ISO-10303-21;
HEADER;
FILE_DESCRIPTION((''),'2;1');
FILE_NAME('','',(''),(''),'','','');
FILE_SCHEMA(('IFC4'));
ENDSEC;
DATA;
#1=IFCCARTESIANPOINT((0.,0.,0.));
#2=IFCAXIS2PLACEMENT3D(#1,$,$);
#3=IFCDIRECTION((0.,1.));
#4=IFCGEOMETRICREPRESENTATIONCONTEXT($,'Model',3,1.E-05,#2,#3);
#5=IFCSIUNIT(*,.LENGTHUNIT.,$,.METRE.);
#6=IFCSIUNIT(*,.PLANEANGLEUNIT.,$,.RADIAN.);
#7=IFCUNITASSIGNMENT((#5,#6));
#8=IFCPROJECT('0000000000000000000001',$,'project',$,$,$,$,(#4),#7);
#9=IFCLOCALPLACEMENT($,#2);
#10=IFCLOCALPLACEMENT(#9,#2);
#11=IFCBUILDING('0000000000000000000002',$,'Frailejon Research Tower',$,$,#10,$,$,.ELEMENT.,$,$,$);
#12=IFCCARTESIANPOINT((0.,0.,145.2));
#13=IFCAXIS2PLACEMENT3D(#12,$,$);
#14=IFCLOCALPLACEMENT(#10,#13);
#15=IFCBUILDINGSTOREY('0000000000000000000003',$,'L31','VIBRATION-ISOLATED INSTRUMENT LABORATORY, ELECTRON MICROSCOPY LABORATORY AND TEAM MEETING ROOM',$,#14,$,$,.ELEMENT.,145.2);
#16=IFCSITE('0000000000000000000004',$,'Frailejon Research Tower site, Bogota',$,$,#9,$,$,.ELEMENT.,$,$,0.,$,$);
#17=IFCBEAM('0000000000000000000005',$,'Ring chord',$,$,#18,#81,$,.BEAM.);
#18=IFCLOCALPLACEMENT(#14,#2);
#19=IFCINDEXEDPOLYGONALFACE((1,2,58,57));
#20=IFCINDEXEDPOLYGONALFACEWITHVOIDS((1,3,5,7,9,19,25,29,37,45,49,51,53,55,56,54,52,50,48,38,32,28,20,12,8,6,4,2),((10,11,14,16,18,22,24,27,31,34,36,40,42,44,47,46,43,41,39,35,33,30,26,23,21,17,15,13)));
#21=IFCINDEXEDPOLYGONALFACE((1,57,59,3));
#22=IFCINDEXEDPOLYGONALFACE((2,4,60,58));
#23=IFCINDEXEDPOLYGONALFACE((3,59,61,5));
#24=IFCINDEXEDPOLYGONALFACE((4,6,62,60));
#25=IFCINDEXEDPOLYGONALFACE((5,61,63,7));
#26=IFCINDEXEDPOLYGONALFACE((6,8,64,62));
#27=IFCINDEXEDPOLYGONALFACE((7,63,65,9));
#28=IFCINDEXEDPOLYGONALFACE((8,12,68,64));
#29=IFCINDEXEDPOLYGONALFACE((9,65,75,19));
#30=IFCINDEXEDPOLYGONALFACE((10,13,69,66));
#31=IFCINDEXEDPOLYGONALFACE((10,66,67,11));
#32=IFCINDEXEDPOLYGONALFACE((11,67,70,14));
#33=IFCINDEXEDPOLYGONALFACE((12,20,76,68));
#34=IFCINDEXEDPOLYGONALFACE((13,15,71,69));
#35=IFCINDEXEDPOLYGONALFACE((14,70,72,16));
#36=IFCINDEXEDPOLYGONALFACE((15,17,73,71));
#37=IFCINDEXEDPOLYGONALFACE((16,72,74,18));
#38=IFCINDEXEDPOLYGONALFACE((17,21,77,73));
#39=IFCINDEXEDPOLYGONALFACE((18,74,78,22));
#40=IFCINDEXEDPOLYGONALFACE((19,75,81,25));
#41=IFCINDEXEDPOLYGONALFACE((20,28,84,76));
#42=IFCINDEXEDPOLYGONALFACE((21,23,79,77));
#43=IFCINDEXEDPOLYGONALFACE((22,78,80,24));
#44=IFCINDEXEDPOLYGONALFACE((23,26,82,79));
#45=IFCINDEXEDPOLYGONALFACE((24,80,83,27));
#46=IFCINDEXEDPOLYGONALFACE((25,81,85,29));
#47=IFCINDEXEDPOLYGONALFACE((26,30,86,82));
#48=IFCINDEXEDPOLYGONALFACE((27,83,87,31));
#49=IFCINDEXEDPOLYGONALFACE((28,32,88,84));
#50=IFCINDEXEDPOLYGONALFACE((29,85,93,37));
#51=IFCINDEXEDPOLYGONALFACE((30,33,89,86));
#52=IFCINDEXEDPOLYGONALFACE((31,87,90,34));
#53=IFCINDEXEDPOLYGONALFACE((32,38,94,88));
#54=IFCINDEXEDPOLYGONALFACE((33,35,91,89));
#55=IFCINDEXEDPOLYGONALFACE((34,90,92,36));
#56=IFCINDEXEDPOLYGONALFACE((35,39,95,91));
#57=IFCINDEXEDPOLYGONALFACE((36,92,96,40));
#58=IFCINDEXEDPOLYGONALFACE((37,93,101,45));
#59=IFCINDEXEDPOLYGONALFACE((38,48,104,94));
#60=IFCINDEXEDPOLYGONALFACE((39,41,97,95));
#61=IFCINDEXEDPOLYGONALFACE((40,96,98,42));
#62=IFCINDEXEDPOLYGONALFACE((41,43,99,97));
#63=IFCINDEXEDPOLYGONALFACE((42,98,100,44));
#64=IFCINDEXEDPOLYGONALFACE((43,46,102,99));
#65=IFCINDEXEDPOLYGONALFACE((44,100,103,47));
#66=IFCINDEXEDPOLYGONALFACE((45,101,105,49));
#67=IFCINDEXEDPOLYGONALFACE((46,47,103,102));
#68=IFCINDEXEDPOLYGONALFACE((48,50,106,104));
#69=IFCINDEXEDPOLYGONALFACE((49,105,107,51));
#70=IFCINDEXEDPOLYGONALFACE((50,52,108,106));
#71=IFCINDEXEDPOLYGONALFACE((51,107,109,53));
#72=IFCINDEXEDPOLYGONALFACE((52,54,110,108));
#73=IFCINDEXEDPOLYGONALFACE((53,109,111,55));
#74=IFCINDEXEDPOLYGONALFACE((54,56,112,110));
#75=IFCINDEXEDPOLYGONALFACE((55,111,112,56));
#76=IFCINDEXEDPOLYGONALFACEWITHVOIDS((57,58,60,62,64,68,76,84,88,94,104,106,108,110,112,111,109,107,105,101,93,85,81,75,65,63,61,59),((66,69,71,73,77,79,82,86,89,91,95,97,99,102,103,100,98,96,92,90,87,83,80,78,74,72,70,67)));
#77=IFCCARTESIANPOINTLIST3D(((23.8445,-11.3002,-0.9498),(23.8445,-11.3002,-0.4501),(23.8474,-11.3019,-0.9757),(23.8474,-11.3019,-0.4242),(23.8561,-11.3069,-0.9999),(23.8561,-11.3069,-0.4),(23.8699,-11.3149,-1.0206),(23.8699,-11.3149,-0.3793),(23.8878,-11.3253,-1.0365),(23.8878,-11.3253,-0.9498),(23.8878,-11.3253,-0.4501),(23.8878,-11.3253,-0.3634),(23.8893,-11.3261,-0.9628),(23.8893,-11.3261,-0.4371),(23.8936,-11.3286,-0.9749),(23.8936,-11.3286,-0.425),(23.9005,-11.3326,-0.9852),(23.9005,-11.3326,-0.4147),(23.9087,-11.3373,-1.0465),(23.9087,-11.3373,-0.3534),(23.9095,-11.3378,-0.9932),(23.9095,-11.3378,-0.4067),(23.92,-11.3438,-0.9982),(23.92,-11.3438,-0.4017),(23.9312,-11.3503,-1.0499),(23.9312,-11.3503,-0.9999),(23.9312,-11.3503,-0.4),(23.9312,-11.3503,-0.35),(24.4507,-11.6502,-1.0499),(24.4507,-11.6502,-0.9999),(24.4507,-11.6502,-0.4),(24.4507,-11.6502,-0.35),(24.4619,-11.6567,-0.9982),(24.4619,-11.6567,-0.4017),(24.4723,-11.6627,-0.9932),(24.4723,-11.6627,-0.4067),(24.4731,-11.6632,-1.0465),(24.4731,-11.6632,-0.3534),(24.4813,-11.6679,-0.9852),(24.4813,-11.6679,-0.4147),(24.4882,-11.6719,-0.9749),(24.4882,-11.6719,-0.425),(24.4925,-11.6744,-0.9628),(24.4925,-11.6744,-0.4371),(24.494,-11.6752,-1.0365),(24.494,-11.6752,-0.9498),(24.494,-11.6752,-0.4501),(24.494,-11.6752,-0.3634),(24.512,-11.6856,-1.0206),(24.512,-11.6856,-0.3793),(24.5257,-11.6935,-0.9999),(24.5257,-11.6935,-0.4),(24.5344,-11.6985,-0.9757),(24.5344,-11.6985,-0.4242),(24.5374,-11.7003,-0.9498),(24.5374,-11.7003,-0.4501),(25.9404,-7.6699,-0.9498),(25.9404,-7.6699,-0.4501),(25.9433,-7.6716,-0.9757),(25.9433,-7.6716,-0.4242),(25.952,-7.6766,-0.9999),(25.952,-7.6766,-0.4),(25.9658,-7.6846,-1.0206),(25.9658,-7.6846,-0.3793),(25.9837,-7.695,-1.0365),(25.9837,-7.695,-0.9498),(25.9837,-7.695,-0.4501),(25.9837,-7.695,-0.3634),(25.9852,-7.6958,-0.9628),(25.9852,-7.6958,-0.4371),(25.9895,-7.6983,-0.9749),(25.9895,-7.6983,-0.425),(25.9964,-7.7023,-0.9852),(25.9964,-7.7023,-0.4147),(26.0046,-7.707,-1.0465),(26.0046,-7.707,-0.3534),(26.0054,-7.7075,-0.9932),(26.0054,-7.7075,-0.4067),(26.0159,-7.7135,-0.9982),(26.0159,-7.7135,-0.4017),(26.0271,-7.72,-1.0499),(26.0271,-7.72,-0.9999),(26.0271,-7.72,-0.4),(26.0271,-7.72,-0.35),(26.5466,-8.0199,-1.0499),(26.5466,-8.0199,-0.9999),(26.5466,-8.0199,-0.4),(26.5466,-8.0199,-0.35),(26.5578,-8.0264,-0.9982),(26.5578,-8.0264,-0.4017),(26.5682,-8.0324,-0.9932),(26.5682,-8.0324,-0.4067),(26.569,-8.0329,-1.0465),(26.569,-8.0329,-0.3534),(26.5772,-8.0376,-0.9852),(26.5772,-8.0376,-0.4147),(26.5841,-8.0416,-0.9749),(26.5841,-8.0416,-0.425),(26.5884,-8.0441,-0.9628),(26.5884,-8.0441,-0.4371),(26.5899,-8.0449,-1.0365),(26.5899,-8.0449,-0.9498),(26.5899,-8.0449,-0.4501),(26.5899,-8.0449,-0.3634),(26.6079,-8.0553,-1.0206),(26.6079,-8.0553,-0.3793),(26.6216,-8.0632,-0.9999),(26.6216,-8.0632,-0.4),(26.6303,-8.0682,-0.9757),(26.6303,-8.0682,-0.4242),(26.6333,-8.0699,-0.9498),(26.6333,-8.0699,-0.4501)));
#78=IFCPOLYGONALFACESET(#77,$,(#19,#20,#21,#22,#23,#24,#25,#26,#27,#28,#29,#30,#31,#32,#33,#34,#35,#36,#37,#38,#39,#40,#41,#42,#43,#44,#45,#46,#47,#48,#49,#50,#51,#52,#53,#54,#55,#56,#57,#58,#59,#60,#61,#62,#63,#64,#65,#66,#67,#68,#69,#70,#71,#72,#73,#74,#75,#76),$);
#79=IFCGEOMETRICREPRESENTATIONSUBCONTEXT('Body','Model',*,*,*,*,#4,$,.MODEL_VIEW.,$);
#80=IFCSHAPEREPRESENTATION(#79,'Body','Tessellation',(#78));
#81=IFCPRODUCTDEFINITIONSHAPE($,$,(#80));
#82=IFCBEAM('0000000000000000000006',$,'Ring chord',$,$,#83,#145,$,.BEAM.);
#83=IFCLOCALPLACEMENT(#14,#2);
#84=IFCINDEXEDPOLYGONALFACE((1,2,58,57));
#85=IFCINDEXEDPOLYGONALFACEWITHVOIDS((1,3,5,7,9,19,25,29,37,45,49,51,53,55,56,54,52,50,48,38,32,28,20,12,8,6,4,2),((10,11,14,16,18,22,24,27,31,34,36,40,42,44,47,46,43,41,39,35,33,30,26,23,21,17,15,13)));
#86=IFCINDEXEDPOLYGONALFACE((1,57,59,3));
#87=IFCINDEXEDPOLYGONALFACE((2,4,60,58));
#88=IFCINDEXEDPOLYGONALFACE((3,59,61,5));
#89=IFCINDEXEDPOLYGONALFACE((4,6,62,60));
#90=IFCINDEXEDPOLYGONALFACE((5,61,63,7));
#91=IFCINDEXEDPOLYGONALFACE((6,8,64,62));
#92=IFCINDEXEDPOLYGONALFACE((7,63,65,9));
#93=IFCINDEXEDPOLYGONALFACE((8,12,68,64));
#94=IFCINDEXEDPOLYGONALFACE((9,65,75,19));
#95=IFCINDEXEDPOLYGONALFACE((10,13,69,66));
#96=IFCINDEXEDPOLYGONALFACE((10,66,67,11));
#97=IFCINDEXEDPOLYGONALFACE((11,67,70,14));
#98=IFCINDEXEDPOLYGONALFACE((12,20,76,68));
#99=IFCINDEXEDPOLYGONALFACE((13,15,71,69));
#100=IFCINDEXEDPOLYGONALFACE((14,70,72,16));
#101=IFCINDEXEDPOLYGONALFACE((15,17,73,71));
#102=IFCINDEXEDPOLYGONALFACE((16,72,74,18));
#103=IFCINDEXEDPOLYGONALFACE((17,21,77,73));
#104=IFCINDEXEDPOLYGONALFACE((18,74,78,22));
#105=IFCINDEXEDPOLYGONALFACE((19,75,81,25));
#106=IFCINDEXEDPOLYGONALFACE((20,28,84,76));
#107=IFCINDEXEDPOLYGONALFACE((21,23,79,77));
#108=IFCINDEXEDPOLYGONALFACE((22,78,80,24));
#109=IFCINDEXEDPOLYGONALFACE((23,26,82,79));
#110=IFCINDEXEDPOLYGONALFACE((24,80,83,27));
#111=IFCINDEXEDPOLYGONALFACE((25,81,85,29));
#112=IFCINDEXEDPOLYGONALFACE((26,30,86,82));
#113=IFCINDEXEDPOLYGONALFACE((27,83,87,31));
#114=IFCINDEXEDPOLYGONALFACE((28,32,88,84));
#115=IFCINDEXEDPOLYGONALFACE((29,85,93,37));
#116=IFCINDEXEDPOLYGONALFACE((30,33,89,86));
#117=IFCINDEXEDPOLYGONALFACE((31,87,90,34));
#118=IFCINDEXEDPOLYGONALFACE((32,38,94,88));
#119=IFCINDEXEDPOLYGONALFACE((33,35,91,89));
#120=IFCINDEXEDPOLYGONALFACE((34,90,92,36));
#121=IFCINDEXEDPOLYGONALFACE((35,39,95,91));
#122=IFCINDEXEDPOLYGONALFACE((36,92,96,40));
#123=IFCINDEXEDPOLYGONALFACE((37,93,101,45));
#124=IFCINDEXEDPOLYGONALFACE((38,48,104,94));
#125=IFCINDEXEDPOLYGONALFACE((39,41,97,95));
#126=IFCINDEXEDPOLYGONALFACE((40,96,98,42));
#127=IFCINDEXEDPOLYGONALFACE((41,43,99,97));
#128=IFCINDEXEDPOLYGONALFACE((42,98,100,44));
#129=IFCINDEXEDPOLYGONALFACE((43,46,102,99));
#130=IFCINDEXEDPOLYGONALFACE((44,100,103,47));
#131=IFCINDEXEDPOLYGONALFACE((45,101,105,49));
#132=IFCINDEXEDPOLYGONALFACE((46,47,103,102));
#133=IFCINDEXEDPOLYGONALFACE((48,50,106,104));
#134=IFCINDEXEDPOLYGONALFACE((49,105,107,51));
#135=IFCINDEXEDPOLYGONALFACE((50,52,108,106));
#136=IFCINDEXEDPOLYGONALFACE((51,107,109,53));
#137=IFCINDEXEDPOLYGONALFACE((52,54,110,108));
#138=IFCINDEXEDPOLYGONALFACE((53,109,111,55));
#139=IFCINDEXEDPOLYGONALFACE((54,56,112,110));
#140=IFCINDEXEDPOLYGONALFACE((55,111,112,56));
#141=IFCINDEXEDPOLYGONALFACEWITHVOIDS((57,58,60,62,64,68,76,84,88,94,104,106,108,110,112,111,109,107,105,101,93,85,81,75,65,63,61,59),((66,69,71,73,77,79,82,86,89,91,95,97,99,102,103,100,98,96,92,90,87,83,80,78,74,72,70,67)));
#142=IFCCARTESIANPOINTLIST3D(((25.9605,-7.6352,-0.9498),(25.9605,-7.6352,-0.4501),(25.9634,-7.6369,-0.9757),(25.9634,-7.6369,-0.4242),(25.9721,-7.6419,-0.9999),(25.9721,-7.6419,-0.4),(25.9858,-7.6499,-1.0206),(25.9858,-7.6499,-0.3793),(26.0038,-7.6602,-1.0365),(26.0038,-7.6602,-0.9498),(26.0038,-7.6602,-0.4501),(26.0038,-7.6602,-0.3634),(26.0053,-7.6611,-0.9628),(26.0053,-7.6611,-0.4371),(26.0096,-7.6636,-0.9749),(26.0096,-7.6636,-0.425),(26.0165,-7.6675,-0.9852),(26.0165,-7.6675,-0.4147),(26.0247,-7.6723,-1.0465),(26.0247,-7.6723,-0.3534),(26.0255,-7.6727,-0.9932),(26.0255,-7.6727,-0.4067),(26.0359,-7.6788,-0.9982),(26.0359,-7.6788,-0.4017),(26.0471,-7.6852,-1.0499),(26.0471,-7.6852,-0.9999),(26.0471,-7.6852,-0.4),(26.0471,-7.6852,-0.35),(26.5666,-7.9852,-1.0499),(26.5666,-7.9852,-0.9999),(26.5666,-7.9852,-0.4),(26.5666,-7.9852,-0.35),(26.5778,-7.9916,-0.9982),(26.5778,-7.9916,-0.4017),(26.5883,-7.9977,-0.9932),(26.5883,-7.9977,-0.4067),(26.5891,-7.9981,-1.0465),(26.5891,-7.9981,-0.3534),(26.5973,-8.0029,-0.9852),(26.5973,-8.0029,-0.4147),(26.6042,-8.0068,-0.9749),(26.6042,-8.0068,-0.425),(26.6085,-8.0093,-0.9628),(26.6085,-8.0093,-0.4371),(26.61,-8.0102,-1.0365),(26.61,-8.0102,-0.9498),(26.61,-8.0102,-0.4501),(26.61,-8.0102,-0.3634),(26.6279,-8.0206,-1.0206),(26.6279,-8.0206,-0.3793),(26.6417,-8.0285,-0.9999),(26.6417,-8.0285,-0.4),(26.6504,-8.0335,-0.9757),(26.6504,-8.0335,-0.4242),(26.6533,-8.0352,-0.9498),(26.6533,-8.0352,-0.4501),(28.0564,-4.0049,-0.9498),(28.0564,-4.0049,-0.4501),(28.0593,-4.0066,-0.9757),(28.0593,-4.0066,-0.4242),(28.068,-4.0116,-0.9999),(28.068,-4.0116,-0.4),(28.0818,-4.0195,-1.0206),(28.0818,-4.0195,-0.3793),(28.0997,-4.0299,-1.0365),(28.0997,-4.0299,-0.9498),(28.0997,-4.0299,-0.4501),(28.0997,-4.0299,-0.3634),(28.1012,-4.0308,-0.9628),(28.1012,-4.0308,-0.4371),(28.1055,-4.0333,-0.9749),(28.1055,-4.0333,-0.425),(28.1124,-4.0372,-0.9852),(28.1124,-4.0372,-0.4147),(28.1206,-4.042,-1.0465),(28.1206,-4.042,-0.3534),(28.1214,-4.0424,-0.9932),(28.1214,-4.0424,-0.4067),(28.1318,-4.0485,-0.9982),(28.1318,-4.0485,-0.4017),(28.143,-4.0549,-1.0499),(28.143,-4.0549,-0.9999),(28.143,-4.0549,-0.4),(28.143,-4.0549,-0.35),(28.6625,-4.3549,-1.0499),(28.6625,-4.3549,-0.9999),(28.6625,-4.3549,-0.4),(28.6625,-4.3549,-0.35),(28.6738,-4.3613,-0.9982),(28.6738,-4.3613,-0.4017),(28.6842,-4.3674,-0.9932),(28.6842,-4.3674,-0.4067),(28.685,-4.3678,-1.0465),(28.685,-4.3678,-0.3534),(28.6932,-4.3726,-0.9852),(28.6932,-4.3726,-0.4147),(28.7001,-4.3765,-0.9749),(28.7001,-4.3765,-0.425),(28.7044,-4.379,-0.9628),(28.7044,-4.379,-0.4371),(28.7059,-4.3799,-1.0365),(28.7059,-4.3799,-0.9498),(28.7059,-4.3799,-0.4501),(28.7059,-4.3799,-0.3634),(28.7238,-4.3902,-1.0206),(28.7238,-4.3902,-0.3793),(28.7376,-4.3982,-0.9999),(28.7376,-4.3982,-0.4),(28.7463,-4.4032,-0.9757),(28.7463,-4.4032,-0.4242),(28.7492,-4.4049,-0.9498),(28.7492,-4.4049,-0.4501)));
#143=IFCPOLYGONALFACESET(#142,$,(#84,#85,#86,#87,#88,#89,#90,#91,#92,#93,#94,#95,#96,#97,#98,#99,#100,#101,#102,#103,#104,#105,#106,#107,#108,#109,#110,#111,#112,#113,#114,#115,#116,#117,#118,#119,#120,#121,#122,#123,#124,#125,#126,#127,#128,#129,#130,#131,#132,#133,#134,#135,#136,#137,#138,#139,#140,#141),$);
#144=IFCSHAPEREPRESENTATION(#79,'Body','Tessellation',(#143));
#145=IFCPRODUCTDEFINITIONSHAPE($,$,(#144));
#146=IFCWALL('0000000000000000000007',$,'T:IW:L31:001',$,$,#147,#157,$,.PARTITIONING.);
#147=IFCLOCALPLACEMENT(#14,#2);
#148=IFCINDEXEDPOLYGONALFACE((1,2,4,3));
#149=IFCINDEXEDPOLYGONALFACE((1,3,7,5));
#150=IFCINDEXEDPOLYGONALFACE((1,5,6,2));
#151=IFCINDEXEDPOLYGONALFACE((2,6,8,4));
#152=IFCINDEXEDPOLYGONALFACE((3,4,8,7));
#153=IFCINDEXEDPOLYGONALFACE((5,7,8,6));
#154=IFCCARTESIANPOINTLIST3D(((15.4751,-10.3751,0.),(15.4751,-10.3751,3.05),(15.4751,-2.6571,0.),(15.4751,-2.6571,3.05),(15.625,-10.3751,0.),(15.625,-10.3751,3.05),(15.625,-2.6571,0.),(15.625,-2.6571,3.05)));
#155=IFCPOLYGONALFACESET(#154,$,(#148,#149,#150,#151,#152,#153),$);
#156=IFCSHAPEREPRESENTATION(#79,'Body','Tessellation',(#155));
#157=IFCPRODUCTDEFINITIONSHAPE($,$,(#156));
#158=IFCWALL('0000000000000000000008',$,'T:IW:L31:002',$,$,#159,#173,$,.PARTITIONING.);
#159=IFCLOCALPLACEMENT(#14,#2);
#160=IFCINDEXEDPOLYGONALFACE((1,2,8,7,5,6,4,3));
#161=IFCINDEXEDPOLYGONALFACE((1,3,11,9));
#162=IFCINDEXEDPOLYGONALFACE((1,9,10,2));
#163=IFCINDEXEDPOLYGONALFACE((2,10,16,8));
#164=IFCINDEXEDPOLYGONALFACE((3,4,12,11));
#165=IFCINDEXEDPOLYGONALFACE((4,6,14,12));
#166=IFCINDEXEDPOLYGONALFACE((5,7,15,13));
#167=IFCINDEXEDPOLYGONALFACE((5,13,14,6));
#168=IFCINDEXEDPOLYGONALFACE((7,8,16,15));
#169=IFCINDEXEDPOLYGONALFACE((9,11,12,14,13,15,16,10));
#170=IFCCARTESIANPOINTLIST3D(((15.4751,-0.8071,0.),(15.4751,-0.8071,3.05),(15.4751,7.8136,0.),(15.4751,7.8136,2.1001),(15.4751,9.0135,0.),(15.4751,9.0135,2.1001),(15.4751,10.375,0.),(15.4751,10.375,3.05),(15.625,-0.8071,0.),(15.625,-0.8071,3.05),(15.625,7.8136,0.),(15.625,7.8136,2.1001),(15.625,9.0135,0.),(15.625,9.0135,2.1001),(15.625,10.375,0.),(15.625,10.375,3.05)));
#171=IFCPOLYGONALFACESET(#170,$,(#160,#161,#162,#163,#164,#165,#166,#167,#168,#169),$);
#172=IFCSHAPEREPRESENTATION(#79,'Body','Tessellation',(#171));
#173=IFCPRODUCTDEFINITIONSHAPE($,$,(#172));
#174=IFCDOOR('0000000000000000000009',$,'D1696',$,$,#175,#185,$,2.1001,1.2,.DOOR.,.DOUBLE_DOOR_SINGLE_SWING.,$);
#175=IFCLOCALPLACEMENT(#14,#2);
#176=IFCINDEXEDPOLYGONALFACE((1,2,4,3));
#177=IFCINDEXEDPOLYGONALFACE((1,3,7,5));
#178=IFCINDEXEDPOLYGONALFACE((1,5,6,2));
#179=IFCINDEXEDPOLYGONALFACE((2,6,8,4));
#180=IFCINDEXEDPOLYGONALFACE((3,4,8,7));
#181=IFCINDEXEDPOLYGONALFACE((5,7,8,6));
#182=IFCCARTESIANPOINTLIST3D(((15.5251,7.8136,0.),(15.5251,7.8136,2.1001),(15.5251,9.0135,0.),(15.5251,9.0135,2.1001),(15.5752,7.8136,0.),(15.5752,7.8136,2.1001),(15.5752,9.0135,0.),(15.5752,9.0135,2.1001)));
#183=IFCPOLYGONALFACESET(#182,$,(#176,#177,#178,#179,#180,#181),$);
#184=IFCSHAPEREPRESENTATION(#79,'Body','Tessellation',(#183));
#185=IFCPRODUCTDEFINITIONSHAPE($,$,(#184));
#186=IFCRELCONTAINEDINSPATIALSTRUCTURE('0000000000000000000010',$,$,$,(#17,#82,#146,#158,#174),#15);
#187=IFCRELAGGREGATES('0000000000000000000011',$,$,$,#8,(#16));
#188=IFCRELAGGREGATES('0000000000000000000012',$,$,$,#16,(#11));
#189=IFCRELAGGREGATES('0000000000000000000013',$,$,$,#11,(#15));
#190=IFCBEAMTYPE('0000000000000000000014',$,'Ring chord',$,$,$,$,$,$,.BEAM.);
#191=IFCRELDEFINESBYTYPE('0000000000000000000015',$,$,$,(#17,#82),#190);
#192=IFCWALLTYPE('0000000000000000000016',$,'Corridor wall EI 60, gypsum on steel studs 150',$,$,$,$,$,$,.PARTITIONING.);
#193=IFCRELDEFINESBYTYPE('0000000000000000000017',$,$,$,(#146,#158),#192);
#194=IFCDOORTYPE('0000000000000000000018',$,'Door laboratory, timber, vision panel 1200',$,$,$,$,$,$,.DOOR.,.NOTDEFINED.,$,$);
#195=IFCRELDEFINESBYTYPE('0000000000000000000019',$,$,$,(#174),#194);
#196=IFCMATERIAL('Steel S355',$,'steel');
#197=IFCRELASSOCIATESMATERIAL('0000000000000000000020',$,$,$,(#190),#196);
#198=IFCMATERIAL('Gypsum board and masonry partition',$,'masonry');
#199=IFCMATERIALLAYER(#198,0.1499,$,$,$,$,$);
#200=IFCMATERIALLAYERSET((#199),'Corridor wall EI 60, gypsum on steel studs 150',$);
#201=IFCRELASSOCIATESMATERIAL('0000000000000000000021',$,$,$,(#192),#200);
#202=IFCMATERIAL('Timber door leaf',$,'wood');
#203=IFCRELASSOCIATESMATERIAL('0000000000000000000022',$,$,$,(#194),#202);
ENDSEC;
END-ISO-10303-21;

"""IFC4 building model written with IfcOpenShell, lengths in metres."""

from ifc_helpers import new_model, si_unit, direction, frame, frame_2d, origin, origin_2d, place, context, subcontext, project, spatial, rectangle, hollow_rectangle, extrude, material, layer, layer_set, material_profile, profile_set, type_object, element, fill, save


model = new_model("IFC4")

# Units and contexts
model_context = context("Model", 3, precision=1e-05, world=origin(), true_north=direction((0.0, 1.0)))
body_context = subcontext(model_context, "Body", "Model", "MODEL_VIEW")
ifc_project = project(units=[si_unit("LENGTHUNIT", "METRE"), si_unit("PLANEANGLEUNIT", "RADIAN")], contexts=[model_context])

# Site, building, storey
site_placement = place(None, origin())
site = spatial("IfcSite", under=ifc_project, at=site_placement, Name="Frailejon Research Tower site, Bogota", CompositionType="ELEMENT", RefElevation=0.0)
building_placement = place(site_placement, origin())
building = spatial("IfcBuilding", under=site, at=building_placement, Name="Frailejon Research Tower", CompositionType="ELEMENT")
storey_placement = place(building_placement, frame((0.0, 0.0, 145.2)))
storey = spatial("IfcBuildingStorey", under=building, at=storey_placement, Name="L31", Description="VIBRATION-ISOLATED INSTRUMENT LABORATORY, ELECTRON MICROSCOPY LABORATORY AND TEAM MEETING ROOM", CompositionType="ELEMENT", Elevation=145.2)

# Beams
ifc_material_1 = material(Name="Steel S355", Category="steel")
ifc_material_profile_1 = material_profile(ifc_material_1, hollow_rectangle(XDim=0.8, YDim=0.7, WallThickness=0.05, InnerFilletRadius=0.05, OuterFilletRadius=0.1001, at=origin_2d()), Name="Ring chord")
ifc_profile_set_1 = profile_set([ifc_material_profile_1], Name="Steel S355")
beam_type_1 = type_object("IfcBeamType", Name="Ring chord", PredefinedType="BEAM", material=ifc_profile_set_1)
for number, where, z_axis, x_axis, name in (
    (1, (24.1909, -11.5002, -0.7), (0.499991, 0.86603, 0.0), (-0.86603, 0.499991, 0.0), "Ring chord"),
    (2, (26.3069, -7.8352, -0.7), (0.499991, 0.86603, 0.0), (-0.86603, 0.499991, 0.0), "Ring chord"),
):
    element("IfcBeam", number, at=place(storey_placement, frame(where, z_axis=z_axis, x_axis=x_axis)), inside=storey, type_object=beam_type_1, Name=name, PredefinedType="BEAM", context=body_context, shape_type="SweptSolid", body=[
        extrude(hollow_rectangle(XDim=0.8, YDim=0.7, WallThickness=0.05, InnerFilletRadius=0.05, OuterFilletRadius=0.1001, at=origin_2d()), origin(), (0.0, 0.0, 1.0), 4.1919),
    ])

# Wall
ifc_material_2 = material(Name="Gypsum board and masonry partition", Category="masonry")
ifc_layer_1 = layer(ifc_material_2, 0.1499)
ifc_layer_set_1 = layer_set([ifc_layer_1], Name="Corridor wall EI 60, gypsum on steel studs 150")
wall_type_1 = type_object("IfcWallType", Name="Corridor wall EI 60, gypsum on steel studs 150", PredefinedType="PARTITIONING", material=ifc_layer_set_1)
wall_1_placement = place(storey_placement, frame((15.55, -10.375, 0.0), z_axis=(0.0, 0.0, 1.0), x_axis=(0.0, 1.0, 0.0)))
element("IfcWall", 3, at=wall_1_placement, inside=storey, type_object=wall_type_1, Name="T:IW:L31:001", PredefinedType="PARTITIONING", context=body_context, shape_type="SweptSolid", body=[
    extrude(rectangle(XDim=7.718, YDim=0.1499, at=frame_2d((3.8589, 0.0))), origin(), (0.0, 0.0, 1.0), 3.05),
])

# Wall, opening, door
wall_2_placement = place(storey_placement, frame((15.55, -0.8071, 0.0), z_axis=(0.0, 0.0, 1.0), x_axis=(0.0, 1.0, 0.0)))
wall_2 = element("IfcWall", 4, at=wall_2_placement, inside=storey, type_object=wall_type_1, Name="T:IW:L31:002", PredefinedType="PARTITIONING", context=body_context, shape_type="SweptSolid", body=[
    extrude(rectangle(XDim=11.1821, YDim=0.1499, at=frame_2d((5.5911, 0.0))), origin(), (0.0, 0.0, 1.0), 3.05),
])
opening_1_placement = place(wall_2_placement, frame((8.6206, 0.0, 0.0)))
opening_1 = element("IfcOpeningElement", 5, at=opening_1_placement, cuts=wall_2, PredefinedType="OPENING", context=body_context, shape_type="SweptSolid", body=[
    extrude(rectangle(XDim=1.2, YDim=2.1001, at=frame_2d((0.6001, 1.05))), frame((0.0, 0.085, 0.0), z_axis=(0.0, -1.0, 0.0), x_axis=(1.0, 0.0, 0.0)), (0.0, 0.0, 1.0), 0.1699),
])
ifc_material_3 = material(Name="Timber door leaf", Category="wood")
door_type_1 = type_object("IfcDoorType", Name="Door laboratory, timber, vision panel 1200", OperationType="NOTDEFINED", PredefinedType="DOOR", material=ifc_material_3)
door_1_placement = place(opening_1_placement, origin())
door_1 = element("IfcDoor", 6, at=door_1_placement, inside=storey, type_object=door_type_1, Name="D1696", OperationType="DOUBLE_DOOR_SINGLE_SWING", OverallHeight=2.1001, OverallWidth=1.2, PredefinedType="DOOR", context=body_context, shape_type="SweptSolid", body=[
    extrude(rectangle(XDim=1.2, YDim=2.1001, at=frame_2d((0.6001, 1.05))), frame((0.0, 0.0249, 0.0), z_axis=(0.0, -1.0, 0.0), x_axis=(1.0, 0.0, 0.0)), (0.0, 0.0, 1.0), 0.05),
])
fill(opening_1, door_1)

save(model, "model.ifc")
